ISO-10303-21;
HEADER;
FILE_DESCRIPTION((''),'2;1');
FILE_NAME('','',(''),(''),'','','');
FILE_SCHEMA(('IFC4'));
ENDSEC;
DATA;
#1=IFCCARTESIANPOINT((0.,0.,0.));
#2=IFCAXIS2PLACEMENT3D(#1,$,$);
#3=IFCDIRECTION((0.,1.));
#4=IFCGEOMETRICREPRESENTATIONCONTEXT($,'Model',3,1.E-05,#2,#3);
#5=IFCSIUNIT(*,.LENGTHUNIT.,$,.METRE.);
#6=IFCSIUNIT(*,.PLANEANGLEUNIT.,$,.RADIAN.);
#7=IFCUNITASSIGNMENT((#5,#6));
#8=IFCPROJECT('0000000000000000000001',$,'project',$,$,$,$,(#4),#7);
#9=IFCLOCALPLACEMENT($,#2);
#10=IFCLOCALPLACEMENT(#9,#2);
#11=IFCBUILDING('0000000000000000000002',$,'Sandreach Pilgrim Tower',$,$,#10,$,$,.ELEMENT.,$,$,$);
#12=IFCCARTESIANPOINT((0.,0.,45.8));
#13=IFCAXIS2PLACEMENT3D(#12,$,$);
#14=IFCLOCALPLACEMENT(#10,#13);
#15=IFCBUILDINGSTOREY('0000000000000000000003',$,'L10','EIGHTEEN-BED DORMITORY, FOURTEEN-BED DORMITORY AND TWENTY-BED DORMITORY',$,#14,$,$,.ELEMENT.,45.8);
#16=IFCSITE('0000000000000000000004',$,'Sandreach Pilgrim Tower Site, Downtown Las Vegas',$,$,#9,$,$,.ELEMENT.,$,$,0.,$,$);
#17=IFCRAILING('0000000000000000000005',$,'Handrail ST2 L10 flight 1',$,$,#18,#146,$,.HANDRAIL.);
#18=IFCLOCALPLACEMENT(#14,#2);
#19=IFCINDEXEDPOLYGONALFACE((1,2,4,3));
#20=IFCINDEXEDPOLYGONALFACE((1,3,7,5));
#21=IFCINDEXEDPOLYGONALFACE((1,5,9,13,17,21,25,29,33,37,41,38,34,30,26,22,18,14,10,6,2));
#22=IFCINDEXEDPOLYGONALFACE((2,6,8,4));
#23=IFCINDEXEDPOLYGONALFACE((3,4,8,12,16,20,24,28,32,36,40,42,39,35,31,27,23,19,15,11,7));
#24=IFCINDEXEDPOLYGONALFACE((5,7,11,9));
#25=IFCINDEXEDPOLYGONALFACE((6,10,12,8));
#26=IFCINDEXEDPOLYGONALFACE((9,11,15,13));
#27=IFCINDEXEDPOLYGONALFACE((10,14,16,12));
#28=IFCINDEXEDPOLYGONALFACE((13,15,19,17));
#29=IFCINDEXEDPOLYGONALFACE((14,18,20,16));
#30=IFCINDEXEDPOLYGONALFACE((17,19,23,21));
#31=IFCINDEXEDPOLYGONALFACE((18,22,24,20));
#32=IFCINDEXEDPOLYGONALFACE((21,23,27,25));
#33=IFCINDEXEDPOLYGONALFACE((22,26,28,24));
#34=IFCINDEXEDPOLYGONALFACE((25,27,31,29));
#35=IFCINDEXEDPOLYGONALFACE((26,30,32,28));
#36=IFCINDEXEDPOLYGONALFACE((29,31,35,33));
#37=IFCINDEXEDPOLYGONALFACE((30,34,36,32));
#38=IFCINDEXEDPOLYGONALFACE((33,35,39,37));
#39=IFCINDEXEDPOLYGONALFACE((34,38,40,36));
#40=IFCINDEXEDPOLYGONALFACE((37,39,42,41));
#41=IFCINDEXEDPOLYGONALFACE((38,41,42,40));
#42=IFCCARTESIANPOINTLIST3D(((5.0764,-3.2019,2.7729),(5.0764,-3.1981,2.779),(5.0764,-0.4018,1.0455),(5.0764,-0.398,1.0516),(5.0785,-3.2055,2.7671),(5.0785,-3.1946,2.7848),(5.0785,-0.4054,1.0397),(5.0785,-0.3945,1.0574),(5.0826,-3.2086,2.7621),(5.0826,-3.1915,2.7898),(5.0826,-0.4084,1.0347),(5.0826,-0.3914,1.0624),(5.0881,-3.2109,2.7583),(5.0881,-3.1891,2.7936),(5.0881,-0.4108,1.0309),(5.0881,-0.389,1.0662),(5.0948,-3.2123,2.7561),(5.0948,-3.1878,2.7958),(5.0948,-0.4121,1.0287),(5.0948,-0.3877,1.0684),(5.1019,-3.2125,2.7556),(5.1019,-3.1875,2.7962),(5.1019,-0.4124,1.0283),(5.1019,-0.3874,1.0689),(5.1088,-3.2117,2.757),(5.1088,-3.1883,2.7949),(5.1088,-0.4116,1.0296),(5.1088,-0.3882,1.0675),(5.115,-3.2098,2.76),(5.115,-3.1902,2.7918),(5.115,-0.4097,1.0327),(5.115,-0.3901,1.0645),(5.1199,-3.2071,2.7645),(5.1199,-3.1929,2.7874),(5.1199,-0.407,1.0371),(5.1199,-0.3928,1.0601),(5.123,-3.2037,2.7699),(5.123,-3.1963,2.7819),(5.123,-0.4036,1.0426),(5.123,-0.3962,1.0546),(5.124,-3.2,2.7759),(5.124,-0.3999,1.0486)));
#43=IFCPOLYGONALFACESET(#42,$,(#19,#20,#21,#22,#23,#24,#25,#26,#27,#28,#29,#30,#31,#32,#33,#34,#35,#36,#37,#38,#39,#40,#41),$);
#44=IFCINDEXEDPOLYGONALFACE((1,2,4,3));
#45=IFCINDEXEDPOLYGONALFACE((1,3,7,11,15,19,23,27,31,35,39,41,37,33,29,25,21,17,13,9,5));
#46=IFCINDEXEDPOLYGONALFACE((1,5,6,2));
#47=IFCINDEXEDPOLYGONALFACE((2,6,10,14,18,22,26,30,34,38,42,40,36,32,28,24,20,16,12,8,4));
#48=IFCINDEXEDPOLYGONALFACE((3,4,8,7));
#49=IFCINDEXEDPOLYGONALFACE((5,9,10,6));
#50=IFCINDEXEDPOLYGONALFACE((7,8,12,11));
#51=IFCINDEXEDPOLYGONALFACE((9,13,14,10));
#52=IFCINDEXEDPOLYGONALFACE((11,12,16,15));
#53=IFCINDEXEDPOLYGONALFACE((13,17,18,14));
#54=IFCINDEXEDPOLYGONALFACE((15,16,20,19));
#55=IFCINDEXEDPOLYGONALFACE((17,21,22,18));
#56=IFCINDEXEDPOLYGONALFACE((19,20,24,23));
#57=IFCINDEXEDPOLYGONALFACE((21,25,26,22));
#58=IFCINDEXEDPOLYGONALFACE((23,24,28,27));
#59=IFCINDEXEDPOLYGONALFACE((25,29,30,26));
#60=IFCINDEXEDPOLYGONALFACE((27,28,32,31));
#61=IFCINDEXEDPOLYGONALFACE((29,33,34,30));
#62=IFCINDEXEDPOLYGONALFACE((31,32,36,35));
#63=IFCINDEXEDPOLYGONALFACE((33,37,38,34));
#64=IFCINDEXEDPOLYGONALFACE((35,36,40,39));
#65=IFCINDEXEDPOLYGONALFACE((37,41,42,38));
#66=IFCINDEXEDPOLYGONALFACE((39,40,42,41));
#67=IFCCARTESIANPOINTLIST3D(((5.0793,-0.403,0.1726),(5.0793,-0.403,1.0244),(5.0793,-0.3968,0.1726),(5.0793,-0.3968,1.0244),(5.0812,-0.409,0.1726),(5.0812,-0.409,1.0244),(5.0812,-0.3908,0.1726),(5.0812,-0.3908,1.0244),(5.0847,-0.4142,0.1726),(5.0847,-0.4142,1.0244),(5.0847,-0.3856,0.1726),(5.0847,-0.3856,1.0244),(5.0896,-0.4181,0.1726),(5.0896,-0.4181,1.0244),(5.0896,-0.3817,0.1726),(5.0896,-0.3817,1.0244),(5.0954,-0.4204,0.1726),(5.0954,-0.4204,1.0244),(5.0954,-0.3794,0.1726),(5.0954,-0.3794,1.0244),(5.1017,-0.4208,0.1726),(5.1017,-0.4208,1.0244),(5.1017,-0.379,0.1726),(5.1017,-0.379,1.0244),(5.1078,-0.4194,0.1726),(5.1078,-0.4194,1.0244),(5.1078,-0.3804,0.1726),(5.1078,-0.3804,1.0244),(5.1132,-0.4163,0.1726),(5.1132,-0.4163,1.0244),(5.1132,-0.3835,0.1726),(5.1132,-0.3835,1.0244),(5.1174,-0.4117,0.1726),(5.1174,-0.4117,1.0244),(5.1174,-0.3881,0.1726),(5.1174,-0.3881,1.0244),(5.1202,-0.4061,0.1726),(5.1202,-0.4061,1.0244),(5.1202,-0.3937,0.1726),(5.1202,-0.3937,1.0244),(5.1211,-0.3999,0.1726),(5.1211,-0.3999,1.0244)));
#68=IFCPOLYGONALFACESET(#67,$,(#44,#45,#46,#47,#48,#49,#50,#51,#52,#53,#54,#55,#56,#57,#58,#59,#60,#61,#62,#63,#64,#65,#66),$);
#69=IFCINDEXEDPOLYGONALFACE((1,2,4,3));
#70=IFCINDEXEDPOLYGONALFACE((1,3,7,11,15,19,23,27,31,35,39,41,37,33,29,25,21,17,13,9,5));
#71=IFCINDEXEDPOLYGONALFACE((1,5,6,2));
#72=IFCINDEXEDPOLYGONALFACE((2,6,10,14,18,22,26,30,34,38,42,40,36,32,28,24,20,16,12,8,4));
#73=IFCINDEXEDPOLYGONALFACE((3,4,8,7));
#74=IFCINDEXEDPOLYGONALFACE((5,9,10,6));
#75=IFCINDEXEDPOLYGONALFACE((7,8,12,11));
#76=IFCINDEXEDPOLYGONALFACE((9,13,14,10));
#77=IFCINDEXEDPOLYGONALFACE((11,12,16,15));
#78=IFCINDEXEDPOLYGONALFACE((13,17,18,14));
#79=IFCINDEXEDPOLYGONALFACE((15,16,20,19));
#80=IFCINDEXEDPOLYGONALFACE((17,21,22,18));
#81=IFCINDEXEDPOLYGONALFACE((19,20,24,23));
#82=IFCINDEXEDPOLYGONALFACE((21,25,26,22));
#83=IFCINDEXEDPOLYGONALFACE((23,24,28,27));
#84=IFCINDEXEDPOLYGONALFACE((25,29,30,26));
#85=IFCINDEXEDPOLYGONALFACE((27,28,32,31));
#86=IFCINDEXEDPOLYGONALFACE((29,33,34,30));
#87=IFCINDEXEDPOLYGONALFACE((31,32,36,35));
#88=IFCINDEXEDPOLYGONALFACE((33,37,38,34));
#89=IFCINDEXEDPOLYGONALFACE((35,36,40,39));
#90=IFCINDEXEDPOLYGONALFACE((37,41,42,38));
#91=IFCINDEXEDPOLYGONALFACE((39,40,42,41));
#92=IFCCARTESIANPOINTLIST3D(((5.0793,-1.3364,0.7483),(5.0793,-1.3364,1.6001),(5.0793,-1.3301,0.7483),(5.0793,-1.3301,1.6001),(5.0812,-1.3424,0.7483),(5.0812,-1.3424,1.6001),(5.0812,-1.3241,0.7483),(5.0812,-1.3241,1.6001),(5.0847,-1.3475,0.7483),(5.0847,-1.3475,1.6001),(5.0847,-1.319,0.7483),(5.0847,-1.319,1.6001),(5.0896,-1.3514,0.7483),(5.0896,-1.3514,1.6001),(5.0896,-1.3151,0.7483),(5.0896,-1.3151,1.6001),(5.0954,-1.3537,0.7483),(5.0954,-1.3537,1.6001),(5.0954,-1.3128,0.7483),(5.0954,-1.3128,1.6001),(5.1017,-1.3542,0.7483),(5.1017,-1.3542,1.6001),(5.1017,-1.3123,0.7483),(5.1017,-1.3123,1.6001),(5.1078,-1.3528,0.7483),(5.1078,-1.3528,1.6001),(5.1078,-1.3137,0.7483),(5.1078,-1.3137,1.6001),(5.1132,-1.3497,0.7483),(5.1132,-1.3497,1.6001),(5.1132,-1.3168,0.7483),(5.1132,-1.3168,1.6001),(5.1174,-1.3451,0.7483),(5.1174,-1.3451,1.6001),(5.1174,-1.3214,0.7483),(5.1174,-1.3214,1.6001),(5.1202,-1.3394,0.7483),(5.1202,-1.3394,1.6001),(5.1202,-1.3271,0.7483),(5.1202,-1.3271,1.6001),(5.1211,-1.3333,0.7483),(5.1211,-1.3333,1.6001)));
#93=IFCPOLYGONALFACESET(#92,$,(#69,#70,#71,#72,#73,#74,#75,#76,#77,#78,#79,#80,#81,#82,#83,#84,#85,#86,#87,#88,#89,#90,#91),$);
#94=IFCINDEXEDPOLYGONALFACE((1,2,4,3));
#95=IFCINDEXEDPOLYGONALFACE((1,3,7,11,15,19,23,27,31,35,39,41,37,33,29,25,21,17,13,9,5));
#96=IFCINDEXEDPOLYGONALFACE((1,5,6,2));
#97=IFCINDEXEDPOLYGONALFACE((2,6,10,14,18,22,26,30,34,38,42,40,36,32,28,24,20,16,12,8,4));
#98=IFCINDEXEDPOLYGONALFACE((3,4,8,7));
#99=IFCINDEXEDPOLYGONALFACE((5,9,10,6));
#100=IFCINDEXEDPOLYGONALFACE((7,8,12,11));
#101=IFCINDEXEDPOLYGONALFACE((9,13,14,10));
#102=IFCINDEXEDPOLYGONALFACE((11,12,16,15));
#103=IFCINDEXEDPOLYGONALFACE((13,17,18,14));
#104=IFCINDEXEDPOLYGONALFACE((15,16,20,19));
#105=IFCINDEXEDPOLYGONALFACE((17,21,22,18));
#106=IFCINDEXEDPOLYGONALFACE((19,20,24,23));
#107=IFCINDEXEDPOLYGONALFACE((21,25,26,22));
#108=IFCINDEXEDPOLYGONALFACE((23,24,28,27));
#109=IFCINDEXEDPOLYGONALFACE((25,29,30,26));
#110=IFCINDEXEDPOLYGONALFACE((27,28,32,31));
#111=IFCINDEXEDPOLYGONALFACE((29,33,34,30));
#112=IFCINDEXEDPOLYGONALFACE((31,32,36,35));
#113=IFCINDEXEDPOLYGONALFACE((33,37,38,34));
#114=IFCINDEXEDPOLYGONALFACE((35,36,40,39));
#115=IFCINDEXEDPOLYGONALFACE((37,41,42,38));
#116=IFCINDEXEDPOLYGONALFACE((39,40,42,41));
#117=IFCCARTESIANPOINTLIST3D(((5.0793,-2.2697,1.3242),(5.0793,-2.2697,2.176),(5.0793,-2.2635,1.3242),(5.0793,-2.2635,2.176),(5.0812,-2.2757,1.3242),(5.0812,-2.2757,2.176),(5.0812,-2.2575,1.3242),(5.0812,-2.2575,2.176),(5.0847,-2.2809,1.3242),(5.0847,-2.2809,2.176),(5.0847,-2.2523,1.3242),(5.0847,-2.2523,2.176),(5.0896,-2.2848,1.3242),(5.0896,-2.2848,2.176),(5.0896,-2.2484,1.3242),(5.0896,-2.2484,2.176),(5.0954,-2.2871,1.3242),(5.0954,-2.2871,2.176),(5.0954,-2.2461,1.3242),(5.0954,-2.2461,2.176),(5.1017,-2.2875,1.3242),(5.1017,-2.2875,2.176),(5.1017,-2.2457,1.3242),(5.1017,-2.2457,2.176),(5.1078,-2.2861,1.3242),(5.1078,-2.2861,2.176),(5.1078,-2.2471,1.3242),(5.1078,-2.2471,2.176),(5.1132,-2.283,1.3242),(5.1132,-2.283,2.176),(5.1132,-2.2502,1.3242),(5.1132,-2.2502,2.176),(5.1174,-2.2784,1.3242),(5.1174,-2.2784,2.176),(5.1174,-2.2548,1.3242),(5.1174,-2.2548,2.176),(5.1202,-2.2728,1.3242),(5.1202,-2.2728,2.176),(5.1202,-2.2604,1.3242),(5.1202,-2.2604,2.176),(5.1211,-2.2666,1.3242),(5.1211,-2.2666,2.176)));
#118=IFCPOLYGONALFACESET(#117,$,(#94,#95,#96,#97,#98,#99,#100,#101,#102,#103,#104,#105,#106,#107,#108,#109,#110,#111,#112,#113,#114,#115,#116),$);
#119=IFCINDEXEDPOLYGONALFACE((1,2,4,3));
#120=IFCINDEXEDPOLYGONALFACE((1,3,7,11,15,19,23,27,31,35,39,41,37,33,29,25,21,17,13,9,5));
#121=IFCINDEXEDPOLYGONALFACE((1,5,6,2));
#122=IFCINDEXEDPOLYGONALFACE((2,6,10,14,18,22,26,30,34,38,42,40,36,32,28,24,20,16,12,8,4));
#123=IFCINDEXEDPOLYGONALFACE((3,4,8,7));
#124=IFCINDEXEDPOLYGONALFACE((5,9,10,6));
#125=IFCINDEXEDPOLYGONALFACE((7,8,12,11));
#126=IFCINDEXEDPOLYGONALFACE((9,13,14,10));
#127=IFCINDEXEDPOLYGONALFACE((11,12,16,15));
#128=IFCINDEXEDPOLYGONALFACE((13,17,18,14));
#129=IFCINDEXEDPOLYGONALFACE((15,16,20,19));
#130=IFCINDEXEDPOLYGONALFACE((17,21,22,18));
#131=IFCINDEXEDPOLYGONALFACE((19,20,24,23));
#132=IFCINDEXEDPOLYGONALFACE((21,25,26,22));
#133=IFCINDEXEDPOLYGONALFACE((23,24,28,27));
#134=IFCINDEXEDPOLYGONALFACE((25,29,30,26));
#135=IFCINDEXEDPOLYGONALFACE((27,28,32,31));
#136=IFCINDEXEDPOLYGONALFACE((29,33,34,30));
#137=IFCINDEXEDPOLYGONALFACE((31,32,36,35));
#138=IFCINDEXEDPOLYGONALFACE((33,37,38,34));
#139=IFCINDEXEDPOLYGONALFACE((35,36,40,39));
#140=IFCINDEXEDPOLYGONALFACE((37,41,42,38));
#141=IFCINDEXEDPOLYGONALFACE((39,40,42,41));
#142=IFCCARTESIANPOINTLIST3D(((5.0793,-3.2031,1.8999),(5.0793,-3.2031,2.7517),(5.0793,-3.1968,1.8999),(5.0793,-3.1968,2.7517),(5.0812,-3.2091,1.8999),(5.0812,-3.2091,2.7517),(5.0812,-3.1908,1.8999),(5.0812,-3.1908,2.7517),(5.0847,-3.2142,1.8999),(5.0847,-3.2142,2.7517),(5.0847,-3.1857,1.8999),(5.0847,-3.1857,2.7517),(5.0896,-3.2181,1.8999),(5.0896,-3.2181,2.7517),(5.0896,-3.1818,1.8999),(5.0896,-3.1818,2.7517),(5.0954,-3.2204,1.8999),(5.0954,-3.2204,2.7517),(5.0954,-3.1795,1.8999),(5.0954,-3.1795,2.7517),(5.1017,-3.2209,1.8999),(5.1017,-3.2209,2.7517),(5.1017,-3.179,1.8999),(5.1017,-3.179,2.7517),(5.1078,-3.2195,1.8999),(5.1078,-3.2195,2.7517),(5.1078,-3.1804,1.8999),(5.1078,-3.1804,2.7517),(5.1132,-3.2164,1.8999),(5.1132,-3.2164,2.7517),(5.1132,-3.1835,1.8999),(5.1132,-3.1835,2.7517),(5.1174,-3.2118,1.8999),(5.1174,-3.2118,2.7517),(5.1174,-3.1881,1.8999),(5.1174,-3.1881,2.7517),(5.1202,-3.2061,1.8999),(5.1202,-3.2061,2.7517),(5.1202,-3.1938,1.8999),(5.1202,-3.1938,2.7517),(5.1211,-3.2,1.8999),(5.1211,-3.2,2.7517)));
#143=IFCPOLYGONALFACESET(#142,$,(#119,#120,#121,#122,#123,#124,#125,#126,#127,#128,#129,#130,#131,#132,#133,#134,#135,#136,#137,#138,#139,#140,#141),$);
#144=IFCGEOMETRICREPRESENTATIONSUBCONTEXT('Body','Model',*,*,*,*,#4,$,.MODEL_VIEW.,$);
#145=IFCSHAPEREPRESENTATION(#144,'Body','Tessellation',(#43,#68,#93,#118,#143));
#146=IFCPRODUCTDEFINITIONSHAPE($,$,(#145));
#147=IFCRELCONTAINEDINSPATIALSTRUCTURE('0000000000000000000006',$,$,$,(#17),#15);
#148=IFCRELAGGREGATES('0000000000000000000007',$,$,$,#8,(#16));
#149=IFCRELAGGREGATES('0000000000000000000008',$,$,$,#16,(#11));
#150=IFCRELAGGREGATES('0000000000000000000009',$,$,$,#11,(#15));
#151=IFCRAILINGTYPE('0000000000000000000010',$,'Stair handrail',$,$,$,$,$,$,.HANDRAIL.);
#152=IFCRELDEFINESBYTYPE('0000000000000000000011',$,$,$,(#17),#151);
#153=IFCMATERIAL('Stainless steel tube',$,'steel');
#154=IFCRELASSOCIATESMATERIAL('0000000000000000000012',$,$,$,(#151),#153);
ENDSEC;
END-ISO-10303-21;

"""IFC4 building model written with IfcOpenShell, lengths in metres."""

from ifc_helpers import new_model, si_unit, direction, frame, origin, origin_2d, place, context, subcontext, project, spatial, circle, extrude, material, type_object, element, save


model = new_model("IFC4")

# Units and contexts
model_context = context("Model", 3, precision=1e-05, world=origin(), true_north=direction((0.0, 1.0)))
body_context = subcontext(model_context, "Body", "Model", "MODEL_VIEW")
ifc_project = project(units=[si_unit("LENGTHUNIT", "METRE"), si_unit("PLANEANGLEUNIT", "RADIAN")], contexts=[model_context])

# Site, building, storey
site_placement = place(None, origin())
site = spatial("IfcSite", under=ifc_project, at=site_placement, Name="Sandreach Pilgrim Tower Site, Downtown Las Vegas", CompositionType="ELEMENT", RefElevation=0.0)
building_placement = place(site_placement, origin())
building = spatial("IfcBuilding", under=site, at=building_placement, Name="Sandreach Pilgrim Tower", CompositionType="ELEMENT")
storey_placement = place(building_placement, frame((0.0, 0.0, 45.8)))
storey = spatial("IfcBuildingStorey", under=building, at=storey_placement, Name="L10", Description="EIGHTEEN-BED DORMITORY, FOURTEEN-BED DORMITORY AND TWENTY-BED DORMITORY", CompositionType="ELEMENT", Elevation=45.8)

# Railing
ifc_material_1 = material(Name="Stainless steel tube", Category="steel")
railing_type = type_object("IfcRailingType", Name="Stair handrail", PredefinedType="HANDRAIL", material=ifc_material_1)
for number, where, name in (
    (1, (5.1001, -0.3999, 0.1726), "Handrail ST2 L10 flight 1"),
):
    element("IfcRailing", number, at=place(storey_placement, frame(where)), inside=storey, type_object=railing_type, Name=name, PredefinedType="HANDRAIL", context=body_context, shape_type="SweptSolid", body=[
        extrude(circle(Radius=0.0239, at=origin_2d()), frame((0.0, 0.0, 0.876), z_axis=(0.0, -0.85109, 0.52502), x_axis=(1.0, 0.0, 0.0)), (0.0, 0.0, 1.0), 3.29),
        extrude(circle(Radius=0.021, at=origin_2d()), origin(), (0.0, 0.0, 1.0), 0.8518),
        extrude(circle(Radius=0.021, at=origin_2d()), frame((0.0, -0.9333, 0.5757)), (0.0, 0.0, 1.0), 0.8518),
        extrude(circle(Radius=0.021, at=origin_2d()), frame((0.0, -1.8667, 1.1516)), (0.0, 0.0, 1.0), 0.8518),
        extrude(circle(Radius=0.021, at=origin_2d()), frame((0.0, -2.8, 1.7273)), (0.0, 0.0, 1.0), 0.8518),
    ])

save(model, "model.ifc")
